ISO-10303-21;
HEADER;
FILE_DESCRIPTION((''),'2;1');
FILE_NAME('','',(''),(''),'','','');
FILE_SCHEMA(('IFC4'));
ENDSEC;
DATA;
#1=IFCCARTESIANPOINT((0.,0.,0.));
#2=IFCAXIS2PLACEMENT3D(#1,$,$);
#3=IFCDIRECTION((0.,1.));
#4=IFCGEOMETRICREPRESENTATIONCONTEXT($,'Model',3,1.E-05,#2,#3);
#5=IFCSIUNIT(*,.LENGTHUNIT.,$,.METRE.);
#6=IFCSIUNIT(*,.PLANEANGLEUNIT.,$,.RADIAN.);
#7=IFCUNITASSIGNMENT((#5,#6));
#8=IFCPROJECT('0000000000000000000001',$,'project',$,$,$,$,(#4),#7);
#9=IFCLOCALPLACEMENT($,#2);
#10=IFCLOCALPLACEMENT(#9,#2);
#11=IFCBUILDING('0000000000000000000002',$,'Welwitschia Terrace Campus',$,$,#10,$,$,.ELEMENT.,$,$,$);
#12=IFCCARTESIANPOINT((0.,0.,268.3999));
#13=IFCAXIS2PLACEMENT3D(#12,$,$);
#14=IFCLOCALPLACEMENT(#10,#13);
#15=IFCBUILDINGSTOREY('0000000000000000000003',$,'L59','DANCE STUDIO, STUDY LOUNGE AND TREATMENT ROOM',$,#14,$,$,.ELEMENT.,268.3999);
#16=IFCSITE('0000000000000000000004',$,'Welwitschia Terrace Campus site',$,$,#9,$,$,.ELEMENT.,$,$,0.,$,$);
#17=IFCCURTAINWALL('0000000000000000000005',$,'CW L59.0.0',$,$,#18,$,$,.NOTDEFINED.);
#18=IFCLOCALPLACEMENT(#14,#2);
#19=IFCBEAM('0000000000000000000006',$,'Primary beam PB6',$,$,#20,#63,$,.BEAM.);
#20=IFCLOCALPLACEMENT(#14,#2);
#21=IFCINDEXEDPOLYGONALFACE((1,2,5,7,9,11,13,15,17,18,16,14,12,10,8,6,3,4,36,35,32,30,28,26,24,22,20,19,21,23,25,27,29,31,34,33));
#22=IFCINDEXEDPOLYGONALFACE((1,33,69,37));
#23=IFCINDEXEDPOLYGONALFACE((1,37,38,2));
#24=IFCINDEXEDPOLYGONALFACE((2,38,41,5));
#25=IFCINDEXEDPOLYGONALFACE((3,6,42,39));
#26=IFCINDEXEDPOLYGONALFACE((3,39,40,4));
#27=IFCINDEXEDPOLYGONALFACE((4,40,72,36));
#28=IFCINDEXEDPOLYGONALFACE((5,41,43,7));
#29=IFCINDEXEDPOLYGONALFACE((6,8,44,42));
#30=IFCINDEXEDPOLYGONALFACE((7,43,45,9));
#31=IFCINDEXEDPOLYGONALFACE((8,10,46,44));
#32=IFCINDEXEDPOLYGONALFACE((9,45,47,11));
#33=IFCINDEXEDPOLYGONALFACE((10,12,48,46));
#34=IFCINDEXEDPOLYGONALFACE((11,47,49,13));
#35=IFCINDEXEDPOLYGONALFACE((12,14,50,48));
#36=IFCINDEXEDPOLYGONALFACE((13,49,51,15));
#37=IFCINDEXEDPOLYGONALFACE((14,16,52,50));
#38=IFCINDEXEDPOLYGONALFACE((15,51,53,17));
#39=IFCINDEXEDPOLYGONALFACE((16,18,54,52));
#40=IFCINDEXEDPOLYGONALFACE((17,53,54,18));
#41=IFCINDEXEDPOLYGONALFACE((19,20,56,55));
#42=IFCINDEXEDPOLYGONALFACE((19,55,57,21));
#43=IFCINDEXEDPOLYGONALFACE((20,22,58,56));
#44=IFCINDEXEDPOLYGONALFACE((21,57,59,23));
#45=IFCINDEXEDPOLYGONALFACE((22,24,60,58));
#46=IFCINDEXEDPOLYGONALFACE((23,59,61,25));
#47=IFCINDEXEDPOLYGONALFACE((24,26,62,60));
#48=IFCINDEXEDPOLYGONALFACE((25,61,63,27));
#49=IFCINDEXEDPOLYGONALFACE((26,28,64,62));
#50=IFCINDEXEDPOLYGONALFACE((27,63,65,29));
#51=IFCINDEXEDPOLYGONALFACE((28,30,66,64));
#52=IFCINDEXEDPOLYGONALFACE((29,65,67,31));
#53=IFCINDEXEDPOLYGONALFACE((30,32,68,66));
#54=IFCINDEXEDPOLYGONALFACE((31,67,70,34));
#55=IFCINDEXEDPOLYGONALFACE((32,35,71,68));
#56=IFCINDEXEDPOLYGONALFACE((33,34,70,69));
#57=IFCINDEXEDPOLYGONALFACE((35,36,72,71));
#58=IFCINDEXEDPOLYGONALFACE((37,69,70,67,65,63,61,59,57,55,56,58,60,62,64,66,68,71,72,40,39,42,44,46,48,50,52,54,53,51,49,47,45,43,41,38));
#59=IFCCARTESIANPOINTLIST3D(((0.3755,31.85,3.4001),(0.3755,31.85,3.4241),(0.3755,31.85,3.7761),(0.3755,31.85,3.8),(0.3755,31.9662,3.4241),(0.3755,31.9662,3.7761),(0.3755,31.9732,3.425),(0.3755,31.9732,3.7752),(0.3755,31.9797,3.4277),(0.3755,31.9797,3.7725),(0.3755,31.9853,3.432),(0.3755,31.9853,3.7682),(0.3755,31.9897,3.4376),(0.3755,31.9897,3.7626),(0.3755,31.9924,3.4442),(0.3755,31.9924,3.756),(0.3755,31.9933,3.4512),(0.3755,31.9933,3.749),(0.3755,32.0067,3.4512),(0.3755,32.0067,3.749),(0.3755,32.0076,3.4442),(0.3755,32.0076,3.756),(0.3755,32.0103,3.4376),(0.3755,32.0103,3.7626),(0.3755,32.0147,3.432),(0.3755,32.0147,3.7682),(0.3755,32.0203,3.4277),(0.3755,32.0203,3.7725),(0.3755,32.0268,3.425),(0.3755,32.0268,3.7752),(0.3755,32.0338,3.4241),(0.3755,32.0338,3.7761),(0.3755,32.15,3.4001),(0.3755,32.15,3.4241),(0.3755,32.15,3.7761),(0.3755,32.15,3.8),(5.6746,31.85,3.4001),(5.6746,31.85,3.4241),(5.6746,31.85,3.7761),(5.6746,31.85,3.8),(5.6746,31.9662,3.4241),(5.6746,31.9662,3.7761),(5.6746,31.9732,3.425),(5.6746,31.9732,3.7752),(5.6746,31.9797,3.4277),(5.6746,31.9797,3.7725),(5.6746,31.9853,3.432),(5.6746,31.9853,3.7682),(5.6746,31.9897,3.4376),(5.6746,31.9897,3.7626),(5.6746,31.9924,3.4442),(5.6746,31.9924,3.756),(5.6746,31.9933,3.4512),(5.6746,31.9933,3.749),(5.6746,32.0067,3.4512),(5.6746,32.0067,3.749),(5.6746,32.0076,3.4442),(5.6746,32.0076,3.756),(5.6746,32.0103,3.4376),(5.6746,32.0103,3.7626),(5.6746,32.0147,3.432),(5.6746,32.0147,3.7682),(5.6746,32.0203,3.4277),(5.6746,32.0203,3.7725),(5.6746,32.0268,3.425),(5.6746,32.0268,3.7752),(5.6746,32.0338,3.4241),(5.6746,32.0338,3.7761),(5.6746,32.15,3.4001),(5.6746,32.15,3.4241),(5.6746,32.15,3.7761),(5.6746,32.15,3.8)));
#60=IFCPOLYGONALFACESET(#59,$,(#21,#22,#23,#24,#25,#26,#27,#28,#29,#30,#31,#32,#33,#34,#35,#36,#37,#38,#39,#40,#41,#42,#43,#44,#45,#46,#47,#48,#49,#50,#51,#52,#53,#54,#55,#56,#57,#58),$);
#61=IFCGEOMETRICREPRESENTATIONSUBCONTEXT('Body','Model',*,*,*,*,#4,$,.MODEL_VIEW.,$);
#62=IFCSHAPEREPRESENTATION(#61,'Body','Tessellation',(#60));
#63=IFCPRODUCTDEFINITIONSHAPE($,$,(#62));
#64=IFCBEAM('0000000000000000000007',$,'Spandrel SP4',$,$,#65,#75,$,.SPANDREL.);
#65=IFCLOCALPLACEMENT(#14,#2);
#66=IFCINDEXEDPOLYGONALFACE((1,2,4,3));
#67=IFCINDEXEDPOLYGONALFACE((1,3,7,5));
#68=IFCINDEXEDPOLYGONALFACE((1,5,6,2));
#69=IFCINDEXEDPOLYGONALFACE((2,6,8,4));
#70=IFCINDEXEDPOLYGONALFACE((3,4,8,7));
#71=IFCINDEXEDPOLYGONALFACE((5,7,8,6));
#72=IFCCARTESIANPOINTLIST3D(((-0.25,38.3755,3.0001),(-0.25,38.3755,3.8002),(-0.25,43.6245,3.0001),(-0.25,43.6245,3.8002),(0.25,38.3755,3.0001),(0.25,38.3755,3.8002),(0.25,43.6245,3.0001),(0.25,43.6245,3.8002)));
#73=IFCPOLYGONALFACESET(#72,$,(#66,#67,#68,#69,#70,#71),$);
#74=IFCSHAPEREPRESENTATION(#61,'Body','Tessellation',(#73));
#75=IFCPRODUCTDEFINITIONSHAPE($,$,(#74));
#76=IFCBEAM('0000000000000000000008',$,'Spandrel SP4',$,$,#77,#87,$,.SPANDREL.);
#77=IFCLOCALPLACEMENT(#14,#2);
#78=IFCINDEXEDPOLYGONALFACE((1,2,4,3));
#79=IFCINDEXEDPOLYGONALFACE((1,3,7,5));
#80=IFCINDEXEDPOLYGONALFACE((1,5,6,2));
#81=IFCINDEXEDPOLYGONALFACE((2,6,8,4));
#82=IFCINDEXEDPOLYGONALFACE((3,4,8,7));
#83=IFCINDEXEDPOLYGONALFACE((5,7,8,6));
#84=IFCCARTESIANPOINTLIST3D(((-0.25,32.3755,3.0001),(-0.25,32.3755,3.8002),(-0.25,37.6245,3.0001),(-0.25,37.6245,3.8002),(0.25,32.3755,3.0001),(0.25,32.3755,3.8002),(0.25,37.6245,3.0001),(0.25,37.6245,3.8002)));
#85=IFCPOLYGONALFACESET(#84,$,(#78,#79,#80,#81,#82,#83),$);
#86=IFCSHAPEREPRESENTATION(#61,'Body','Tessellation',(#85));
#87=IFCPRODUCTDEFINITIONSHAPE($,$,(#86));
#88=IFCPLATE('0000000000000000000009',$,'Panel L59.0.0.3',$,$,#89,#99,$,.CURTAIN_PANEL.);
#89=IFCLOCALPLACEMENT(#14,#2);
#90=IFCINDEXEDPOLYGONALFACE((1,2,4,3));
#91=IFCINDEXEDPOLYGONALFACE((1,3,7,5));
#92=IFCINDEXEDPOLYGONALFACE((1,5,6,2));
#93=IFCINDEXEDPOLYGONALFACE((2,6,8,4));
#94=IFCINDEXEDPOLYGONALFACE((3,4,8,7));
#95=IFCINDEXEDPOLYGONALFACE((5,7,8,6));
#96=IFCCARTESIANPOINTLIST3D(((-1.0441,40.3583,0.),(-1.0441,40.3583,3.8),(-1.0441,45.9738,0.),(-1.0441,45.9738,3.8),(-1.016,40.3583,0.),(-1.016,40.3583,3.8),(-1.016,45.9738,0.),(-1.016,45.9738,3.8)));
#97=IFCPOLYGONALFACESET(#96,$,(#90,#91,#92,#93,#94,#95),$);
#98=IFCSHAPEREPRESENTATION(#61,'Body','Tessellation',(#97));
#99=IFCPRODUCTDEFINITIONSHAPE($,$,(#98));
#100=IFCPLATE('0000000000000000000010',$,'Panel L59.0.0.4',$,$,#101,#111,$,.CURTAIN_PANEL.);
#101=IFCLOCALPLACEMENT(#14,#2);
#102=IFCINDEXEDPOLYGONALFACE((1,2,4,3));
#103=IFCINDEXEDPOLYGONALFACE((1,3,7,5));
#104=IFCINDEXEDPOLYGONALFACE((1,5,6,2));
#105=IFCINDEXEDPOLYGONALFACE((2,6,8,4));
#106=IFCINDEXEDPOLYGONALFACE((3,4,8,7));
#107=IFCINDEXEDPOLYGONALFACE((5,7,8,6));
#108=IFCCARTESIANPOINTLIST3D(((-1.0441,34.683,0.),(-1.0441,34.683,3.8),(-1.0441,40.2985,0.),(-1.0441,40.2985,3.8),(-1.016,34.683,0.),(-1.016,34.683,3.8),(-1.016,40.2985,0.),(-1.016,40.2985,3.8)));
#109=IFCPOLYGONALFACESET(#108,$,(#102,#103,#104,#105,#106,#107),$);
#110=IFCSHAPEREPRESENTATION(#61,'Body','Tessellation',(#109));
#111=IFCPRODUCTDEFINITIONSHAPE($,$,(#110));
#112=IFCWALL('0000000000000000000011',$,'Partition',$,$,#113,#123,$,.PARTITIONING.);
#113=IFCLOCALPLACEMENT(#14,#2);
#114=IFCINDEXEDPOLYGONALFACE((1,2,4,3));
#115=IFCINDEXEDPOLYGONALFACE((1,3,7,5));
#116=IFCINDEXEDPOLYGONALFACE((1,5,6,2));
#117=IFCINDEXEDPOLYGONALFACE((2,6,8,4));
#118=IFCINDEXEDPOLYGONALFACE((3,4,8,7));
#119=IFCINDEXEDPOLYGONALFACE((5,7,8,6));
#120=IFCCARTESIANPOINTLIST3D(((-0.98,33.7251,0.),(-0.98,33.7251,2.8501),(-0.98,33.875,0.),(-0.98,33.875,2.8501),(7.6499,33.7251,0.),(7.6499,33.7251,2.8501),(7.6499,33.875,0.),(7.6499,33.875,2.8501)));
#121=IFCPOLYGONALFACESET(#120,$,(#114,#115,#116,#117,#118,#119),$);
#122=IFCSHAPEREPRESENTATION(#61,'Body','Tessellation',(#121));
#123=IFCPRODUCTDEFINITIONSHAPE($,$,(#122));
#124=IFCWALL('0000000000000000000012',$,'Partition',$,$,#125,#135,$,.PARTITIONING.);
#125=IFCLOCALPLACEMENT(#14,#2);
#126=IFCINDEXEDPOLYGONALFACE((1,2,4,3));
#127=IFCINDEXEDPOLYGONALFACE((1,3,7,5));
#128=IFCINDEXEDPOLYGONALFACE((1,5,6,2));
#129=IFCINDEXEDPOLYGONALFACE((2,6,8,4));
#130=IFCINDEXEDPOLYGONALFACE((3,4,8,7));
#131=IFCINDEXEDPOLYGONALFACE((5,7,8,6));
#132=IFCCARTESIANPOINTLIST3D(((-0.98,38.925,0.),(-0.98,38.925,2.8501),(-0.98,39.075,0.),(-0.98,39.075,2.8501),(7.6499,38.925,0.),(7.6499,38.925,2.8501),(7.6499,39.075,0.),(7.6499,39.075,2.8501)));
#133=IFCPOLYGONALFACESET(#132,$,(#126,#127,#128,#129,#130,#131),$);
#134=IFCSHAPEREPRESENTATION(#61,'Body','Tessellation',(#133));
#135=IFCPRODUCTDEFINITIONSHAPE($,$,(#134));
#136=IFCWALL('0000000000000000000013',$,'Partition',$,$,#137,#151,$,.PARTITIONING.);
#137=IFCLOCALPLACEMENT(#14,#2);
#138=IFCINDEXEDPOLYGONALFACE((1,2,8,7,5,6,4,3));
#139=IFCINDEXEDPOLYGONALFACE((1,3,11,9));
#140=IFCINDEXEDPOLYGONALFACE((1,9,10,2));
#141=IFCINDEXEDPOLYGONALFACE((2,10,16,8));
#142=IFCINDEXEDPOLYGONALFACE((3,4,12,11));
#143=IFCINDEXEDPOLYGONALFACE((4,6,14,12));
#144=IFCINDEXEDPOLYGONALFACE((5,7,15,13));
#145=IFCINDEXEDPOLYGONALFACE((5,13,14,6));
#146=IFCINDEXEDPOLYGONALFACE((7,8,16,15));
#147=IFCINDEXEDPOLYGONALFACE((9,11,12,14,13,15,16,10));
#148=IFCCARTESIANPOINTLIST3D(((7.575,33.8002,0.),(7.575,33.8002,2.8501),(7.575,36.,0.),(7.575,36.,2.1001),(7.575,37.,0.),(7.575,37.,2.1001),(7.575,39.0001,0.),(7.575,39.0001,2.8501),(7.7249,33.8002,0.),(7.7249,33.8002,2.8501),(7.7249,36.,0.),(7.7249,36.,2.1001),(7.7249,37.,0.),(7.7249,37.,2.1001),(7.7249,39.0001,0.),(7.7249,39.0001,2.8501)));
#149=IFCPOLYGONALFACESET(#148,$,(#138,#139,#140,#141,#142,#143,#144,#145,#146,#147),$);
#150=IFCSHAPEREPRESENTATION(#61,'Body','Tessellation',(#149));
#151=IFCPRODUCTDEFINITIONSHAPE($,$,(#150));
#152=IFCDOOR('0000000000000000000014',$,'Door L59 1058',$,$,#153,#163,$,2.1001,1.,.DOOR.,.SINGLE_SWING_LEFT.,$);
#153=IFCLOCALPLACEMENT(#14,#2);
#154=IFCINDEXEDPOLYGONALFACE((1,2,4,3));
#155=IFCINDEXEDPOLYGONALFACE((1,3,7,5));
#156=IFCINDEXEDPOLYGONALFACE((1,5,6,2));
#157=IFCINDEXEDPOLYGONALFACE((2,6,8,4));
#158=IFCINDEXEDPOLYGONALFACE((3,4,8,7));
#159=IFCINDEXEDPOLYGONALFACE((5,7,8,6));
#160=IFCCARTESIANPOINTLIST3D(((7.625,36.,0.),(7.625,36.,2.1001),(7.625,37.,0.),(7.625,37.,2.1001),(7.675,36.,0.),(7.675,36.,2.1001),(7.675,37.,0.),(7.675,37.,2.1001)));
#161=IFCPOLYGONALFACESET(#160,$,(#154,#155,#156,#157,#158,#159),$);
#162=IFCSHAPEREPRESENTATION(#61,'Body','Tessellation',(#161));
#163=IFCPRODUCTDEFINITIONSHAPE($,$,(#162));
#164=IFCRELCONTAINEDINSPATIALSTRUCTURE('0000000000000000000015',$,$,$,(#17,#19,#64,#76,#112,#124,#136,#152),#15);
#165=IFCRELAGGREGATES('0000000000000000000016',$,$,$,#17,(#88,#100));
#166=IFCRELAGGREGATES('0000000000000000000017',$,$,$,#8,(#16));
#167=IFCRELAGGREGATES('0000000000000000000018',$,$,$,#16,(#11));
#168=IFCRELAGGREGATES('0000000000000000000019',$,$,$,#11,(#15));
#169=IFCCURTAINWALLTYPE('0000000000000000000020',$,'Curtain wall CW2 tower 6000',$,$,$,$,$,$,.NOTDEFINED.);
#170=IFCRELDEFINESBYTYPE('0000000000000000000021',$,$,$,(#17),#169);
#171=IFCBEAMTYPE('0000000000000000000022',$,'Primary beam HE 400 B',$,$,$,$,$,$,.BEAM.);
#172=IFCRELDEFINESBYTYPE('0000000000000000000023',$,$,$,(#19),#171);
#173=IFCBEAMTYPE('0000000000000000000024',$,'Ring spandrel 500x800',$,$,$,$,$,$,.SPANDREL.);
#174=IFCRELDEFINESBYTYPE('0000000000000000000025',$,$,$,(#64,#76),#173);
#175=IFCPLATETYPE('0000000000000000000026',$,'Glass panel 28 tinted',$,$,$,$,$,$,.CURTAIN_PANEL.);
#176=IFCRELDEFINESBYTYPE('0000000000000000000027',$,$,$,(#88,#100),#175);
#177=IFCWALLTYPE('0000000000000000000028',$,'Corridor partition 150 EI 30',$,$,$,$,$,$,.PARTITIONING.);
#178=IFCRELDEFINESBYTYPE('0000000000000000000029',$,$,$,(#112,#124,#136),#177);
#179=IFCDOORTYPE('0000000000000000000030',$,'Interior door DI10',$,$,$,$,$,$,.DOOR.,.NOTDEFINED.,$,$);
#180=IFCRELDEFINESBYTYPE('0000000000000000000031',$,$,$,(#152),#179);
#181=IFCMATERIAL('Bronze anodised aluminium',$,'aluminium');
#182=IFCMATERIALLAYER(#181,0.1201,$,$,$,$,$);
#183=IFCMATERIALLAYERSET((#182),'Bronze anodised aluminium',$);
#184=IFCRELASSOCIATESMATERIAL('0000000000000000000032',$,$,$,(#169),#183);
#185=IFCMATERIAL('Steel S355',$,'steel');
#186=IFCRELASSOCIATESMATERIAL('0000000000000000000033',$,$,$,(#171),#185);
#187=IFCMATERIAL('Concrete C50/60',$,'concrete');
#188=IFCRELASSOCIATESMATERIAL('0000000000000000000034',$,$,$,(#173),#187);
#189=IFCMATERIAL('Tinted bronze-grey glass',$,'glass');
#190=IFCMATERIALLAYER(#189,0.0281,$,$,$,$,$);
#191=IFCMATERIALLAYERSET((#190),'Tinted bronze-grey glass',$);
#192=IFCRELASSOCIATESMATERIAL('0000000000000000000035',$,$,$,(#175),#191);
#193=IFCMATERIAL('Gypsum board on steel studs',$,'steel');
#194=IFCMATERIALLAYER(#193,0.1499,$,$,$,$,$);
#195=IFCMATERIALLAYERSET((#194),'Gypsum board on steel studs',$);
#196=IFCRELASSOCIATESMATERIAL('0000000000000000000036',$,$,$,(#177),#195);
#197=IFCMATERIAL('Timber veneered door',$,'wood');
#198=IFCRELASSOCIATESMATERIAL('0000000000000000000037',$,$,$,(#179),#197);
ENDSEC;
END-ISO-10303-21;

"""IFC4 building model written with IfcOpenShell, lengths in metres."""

from ifc_helpers import new_model, si_unit, direction, frame, frame_2d, origin, origin_2d, place, context, subcontext, project, spatial, rectangle, i_section, extrude, material, layer, layer_set, material_profile, profile_set, type_object, element, fill, aggregate, save


model = new_model("IFC4")

# Units and contexts
model_context = context("Model", 3, precision=1e-05, world=origin(), true_north=direction((0.0, 1.0)))
body_context = subcontext(model_context, "Body", "Model", "MODEL_VIEW")
ifc_project = project(units=[si_unit("LENGTHUNIT", "METRE"), si_unit("PLANEANGLEUNIT", "RADIAN")], contexts=[model_context])

# Site, building, storey
site_placement = place(None, origin())
site = spatial("IfcSite", under=ifc_project, at=site_placement, Name="Welwitschia Terrace Campus site", CompositionType="ELEMENT", RefElevation=0.0)
building_placement = place(site_placement, origin())
building = spatial("IfcBuilding", under=site, at=building_placement, Name="Welwitschia Terrace Campus", CompositionType="ELEMENT")
storey_placement = place(building_placement, frame((0.0, 0.0, 268.3999)))
storey = spatial("IfcBuildingStorey", under=building, at=storey_placement, Name="L59", Description="DANCE STUDIO, STUDY LOUNGE AND TREATMENT ROOM", CompositionType="ELEMENT", Elevation=268.3999)

# Curtain wall
ifc_material_1 = material(Name="Bronze anodised aluminium", Category="aluminium")
ifc_layer_1 = layer(ifc_material_1, 0.1201)
ifc_layer_set_1 = layer_set([ifc_layer_1], Name="Bronze anodised aluminium")
curtain_wall_type = type_object("IfcCurtainWallType", Name="Curtain wall CW2 tower 6000", PredefinedType="NOTDEFINED", material=ifc_layer_set_1)
curtain_wall_placement = place(storey_placement, origin())
curtain_wall = element("IfcCurtainWall", 1, at=curtain_wall_placement, inside=storey, type_object=curtain_wall_type, Name="CW L59.0.0", PredefinedType="NOTDEFINED")

# Beams
ifc_material_2 = material(Name="Steel S355", Category="steel")
ifc_material_profile_1 = material_profile(ifc_material_2, i_section(OverallWidth=0.3, OverallDepth=0.3999, WebThickness=0.0134, FlangeThickness=0.0239, FilletRadius=0.0271, at=origin_2d()))
ifc_profile_set_1 = profile_set([ifc_material_profile_1], Name="Steel S355")
beam_type_1 = type_object("IfcBeamType", Name="Primary beam HE 400 B", PredefinedType="BEAM", material=ifc_profile_set_1)
beam_1_placement = place(storey_placement, frame((0.3755, 32.0, 3.6001), z_axis=(1.0, 0.0, 0.0), x_axis=(0.0, 1.0, 0.0)))
element("IfcBeam", 2, at=beam_1_placement, inside=storey, type_object=beam_type_1, Name="Primary beam PB6", PredefinedType="BEAM", context=body_context, shape_type="SweptSolid", body=[
    extrude(i_section(OverallWidth=0.3, OverallDepth=0.3999, WebThickness=0.0134, FlangeThickness=0.0239, FilletRadius=0.0271, at=origin_2d()), origin(), (0.0, 0.0, 1.0), 5.2991),
])
ifc_material_3 = material(Name="Concrete C50/60", Category="concrete")
ifc_material_profile_2 = material_profile(ifc_material_3, rectangle(XDim=0.5, YDim=0.8, at=origin_2d()))
ifc_profile_set_2 = profile_set([ifc_material_profile_2], Name="Concrete C50/60")
beam_type_2 = type_object("IfcBeamType", Name="Ring spandrel 500x800", PredefinedType="SPANDREL", material=ifc_profile_set_2)
for number, where, z_axis, x_axis, name in (
    (3, (0.0, 43.6245, 3.4001), (0.0, -1.0, 0.0), (1.0, 0.0, 0.0), "Spandrel SP4"),
    (4, (0.0, 37.6245, 3.4001), (0.0, -1.0, 0.0), (1.0, 0.0, 0.0), "Spandrel SP4"),
):
    element("IfcBeam", number, at=place(storey_placement, frame(where, z_axis=z_axis, x_axis=x_axis)), inside=storey, type_object=beam_type_2, Name=name, PredefinedType="SPANDREL", context=body_context, shape_type="SweptSolid", body=[
        extrude(rectangle(XDim=0.5, YDim=0.8, at=origin_2d()), origin(), (0.0, 0.0, 1.0), 5.249),
    ])

# Plates
ifc_material_4 = material(Name="Tinted bronze-grey glass", Category="glass")
ifc_layer_2 = layer(ifc_material_4, 0.0281)
ifc_layer_set_2 = layer_set([ifc_layer_2], Name="Tinted bronze-grey glass")
plate_type = type_object("IfcPlateType", Name="Glass panel 28 tinted", PredefinedType="CURTAIN_PANEL", material=ifc_layer_set_2)
plate_1_placement = place(storey_placement, frame((-1.03, 43.166, 0.0), z_axis=(0.0, 0.0, 1.0), x_axis=(0.0, -1.0, 0.0)))
plate_1 = element("IfcPlate", 5, at=plate_1_placement, type_object=plate_type, Name="Panel L59.0.0.3", PredefinedType="CURTAIN_PANEL", context=body_context, shape_type="SweptSolid", body=[
    extrude(rectangle(XDim=5.6155, YDim=0.0281, at=origin_2d()), origin(), (0.0, 0.0, 1.0), 3.8),
])
plate_2_placement = place(storey_placement, frame((-1.03, 37.4907, 0.0), z_axis=(0.0, 0.0, 1.0), x_axis=(0.0, -1.0, 0.0)))
plate_2 = element("IfcPlate", 6, at=plate_2_placement, type_object=plate_type, Name="Panel L59.0.0.4", PredefinedType="CURTAIN_PANEL", context=body_context, shape_type="SweptSolid", body=[
    extrude(rectangle(XDim=5.6155, YDim=0.0281, at=origin_2d()), origin(), (0.0, 0.0, 1.0), 3.8),
])
aggregate(curtain_wall, [plate_1, plate_2])

# Walls
ifc_material_5 = material(Name="Gypsum board on steel studs", Category="steel")
ifc_layer_3 = layer(ifc_material_5, 0.1499)
ifc_layer_set_3 = layer_set([ifc_layer_3], Name="Gypsum board on steel studs")
wall_type = type_object("IfcWallType", Name="Corridor partition 150 EI 30", PredefinedType="PARTITIONING", material=ifc_layer_set_3)
for number, where, z_axis, x_axis, name in (
    (7, (-0.98, 33.8, 0.0), (0.0, 0.0, 1.0), (1.0, 0.0, 0.0), "Partition"),
    (8, (-0.98, 39.0, 0.0), (0.0, 0.0, 1.0), (1.0, 0.0, 0.0), "Partition"),
):
    element("IfcWall", number, at=place(storey_placement, frame(where, z_axis=z_axis, x_axis=x_axis)), inside=storey, type_object=wall_type, Name=name, PredefinedType="PARTITIONING", context=body_context, shape_type="SweptSolid", body=[
        extrude(rectangle(XDim=8.6299, YDim=0.1499, at=frame_2d((4.3149, 0.0))), origin(), (0.0, 0.0, 1.0), 2.8501),
    ])

# Wall, opening, door
wall_1_placement = place(storey_placement, frame((7.6499, 33.8, 0.0), z_axis=(0.0, 0.0, 1.0), x_axis=(0.0, 1.0, 0.0)))
wall_1 = element("IfcWall", 9, at=wall_1_placement, inside=storey, type_object=wall_type, Name="Partition", PredefinedType="PARTITIONING", context=body_context, shape_type="SweptSolid", body=[
    extrude(rectangle(XDim=5.2, YDim=0.1499, at=frame_2d((2.6001, 0.0))), origin(), (0.0, 0.0, 1.0), 2.8501),
])
opening_1_placement = place(wall_1_placement, frame((2.2, 0.0, 0.0)))
opening_1 = element("IfcOpeningElement", 10, at=opening_1_placement, cuts=wall_1, PredefinedType="OPENING", context=body_context, shape_type="SweptSolid", body=[
    extrude(rectangle(XDim=1.0, YDim=2.1001, at=frame_2d((0.5, 1.05))), frame((0.0, 0.085, 0.0), z_axis=(0.0, -1.0, 0.0), x_axis=(1.0, 0.0, 0.0)), (0.0, 0.0, 1.0), 0.1699),
])
ifc_material_6 = material(Name="Timber veneered door", Category="wood")
door_type = type_object("IfcDoorType", Name="Interior door DI10", OperationType="NOTDEFINED", PredefinedType="DOOR", material=ifc_material_6)
door_1_placement = place(opening_1_placement, origin())
door_1 = element("IfcDoor", 11, at=door_1_placement, inside=storey, type_object=door_type, Name="Door L59 1058", OperationType="SINGLE_SWING_LEFT", OverallHeight=2.1001, OverallWidth=1.0, PredefinedType="DOOR", context=body_context, shape_type="SweptSolid", body=[
    extrude(rectangle(XDim=1.0, YDim=2.1001, at=frame_2d((0.5, 1.05))), frame((0.0, 0.0249, 0.0), z_axis=(0.0, -1.0, 0.0), x_axis=(1.0, 0.0, 0.0)), (0.0, 0.0, 1.0), 0.05),
])
fill(opening_1, door_1)

save(model, "model.ifc")
